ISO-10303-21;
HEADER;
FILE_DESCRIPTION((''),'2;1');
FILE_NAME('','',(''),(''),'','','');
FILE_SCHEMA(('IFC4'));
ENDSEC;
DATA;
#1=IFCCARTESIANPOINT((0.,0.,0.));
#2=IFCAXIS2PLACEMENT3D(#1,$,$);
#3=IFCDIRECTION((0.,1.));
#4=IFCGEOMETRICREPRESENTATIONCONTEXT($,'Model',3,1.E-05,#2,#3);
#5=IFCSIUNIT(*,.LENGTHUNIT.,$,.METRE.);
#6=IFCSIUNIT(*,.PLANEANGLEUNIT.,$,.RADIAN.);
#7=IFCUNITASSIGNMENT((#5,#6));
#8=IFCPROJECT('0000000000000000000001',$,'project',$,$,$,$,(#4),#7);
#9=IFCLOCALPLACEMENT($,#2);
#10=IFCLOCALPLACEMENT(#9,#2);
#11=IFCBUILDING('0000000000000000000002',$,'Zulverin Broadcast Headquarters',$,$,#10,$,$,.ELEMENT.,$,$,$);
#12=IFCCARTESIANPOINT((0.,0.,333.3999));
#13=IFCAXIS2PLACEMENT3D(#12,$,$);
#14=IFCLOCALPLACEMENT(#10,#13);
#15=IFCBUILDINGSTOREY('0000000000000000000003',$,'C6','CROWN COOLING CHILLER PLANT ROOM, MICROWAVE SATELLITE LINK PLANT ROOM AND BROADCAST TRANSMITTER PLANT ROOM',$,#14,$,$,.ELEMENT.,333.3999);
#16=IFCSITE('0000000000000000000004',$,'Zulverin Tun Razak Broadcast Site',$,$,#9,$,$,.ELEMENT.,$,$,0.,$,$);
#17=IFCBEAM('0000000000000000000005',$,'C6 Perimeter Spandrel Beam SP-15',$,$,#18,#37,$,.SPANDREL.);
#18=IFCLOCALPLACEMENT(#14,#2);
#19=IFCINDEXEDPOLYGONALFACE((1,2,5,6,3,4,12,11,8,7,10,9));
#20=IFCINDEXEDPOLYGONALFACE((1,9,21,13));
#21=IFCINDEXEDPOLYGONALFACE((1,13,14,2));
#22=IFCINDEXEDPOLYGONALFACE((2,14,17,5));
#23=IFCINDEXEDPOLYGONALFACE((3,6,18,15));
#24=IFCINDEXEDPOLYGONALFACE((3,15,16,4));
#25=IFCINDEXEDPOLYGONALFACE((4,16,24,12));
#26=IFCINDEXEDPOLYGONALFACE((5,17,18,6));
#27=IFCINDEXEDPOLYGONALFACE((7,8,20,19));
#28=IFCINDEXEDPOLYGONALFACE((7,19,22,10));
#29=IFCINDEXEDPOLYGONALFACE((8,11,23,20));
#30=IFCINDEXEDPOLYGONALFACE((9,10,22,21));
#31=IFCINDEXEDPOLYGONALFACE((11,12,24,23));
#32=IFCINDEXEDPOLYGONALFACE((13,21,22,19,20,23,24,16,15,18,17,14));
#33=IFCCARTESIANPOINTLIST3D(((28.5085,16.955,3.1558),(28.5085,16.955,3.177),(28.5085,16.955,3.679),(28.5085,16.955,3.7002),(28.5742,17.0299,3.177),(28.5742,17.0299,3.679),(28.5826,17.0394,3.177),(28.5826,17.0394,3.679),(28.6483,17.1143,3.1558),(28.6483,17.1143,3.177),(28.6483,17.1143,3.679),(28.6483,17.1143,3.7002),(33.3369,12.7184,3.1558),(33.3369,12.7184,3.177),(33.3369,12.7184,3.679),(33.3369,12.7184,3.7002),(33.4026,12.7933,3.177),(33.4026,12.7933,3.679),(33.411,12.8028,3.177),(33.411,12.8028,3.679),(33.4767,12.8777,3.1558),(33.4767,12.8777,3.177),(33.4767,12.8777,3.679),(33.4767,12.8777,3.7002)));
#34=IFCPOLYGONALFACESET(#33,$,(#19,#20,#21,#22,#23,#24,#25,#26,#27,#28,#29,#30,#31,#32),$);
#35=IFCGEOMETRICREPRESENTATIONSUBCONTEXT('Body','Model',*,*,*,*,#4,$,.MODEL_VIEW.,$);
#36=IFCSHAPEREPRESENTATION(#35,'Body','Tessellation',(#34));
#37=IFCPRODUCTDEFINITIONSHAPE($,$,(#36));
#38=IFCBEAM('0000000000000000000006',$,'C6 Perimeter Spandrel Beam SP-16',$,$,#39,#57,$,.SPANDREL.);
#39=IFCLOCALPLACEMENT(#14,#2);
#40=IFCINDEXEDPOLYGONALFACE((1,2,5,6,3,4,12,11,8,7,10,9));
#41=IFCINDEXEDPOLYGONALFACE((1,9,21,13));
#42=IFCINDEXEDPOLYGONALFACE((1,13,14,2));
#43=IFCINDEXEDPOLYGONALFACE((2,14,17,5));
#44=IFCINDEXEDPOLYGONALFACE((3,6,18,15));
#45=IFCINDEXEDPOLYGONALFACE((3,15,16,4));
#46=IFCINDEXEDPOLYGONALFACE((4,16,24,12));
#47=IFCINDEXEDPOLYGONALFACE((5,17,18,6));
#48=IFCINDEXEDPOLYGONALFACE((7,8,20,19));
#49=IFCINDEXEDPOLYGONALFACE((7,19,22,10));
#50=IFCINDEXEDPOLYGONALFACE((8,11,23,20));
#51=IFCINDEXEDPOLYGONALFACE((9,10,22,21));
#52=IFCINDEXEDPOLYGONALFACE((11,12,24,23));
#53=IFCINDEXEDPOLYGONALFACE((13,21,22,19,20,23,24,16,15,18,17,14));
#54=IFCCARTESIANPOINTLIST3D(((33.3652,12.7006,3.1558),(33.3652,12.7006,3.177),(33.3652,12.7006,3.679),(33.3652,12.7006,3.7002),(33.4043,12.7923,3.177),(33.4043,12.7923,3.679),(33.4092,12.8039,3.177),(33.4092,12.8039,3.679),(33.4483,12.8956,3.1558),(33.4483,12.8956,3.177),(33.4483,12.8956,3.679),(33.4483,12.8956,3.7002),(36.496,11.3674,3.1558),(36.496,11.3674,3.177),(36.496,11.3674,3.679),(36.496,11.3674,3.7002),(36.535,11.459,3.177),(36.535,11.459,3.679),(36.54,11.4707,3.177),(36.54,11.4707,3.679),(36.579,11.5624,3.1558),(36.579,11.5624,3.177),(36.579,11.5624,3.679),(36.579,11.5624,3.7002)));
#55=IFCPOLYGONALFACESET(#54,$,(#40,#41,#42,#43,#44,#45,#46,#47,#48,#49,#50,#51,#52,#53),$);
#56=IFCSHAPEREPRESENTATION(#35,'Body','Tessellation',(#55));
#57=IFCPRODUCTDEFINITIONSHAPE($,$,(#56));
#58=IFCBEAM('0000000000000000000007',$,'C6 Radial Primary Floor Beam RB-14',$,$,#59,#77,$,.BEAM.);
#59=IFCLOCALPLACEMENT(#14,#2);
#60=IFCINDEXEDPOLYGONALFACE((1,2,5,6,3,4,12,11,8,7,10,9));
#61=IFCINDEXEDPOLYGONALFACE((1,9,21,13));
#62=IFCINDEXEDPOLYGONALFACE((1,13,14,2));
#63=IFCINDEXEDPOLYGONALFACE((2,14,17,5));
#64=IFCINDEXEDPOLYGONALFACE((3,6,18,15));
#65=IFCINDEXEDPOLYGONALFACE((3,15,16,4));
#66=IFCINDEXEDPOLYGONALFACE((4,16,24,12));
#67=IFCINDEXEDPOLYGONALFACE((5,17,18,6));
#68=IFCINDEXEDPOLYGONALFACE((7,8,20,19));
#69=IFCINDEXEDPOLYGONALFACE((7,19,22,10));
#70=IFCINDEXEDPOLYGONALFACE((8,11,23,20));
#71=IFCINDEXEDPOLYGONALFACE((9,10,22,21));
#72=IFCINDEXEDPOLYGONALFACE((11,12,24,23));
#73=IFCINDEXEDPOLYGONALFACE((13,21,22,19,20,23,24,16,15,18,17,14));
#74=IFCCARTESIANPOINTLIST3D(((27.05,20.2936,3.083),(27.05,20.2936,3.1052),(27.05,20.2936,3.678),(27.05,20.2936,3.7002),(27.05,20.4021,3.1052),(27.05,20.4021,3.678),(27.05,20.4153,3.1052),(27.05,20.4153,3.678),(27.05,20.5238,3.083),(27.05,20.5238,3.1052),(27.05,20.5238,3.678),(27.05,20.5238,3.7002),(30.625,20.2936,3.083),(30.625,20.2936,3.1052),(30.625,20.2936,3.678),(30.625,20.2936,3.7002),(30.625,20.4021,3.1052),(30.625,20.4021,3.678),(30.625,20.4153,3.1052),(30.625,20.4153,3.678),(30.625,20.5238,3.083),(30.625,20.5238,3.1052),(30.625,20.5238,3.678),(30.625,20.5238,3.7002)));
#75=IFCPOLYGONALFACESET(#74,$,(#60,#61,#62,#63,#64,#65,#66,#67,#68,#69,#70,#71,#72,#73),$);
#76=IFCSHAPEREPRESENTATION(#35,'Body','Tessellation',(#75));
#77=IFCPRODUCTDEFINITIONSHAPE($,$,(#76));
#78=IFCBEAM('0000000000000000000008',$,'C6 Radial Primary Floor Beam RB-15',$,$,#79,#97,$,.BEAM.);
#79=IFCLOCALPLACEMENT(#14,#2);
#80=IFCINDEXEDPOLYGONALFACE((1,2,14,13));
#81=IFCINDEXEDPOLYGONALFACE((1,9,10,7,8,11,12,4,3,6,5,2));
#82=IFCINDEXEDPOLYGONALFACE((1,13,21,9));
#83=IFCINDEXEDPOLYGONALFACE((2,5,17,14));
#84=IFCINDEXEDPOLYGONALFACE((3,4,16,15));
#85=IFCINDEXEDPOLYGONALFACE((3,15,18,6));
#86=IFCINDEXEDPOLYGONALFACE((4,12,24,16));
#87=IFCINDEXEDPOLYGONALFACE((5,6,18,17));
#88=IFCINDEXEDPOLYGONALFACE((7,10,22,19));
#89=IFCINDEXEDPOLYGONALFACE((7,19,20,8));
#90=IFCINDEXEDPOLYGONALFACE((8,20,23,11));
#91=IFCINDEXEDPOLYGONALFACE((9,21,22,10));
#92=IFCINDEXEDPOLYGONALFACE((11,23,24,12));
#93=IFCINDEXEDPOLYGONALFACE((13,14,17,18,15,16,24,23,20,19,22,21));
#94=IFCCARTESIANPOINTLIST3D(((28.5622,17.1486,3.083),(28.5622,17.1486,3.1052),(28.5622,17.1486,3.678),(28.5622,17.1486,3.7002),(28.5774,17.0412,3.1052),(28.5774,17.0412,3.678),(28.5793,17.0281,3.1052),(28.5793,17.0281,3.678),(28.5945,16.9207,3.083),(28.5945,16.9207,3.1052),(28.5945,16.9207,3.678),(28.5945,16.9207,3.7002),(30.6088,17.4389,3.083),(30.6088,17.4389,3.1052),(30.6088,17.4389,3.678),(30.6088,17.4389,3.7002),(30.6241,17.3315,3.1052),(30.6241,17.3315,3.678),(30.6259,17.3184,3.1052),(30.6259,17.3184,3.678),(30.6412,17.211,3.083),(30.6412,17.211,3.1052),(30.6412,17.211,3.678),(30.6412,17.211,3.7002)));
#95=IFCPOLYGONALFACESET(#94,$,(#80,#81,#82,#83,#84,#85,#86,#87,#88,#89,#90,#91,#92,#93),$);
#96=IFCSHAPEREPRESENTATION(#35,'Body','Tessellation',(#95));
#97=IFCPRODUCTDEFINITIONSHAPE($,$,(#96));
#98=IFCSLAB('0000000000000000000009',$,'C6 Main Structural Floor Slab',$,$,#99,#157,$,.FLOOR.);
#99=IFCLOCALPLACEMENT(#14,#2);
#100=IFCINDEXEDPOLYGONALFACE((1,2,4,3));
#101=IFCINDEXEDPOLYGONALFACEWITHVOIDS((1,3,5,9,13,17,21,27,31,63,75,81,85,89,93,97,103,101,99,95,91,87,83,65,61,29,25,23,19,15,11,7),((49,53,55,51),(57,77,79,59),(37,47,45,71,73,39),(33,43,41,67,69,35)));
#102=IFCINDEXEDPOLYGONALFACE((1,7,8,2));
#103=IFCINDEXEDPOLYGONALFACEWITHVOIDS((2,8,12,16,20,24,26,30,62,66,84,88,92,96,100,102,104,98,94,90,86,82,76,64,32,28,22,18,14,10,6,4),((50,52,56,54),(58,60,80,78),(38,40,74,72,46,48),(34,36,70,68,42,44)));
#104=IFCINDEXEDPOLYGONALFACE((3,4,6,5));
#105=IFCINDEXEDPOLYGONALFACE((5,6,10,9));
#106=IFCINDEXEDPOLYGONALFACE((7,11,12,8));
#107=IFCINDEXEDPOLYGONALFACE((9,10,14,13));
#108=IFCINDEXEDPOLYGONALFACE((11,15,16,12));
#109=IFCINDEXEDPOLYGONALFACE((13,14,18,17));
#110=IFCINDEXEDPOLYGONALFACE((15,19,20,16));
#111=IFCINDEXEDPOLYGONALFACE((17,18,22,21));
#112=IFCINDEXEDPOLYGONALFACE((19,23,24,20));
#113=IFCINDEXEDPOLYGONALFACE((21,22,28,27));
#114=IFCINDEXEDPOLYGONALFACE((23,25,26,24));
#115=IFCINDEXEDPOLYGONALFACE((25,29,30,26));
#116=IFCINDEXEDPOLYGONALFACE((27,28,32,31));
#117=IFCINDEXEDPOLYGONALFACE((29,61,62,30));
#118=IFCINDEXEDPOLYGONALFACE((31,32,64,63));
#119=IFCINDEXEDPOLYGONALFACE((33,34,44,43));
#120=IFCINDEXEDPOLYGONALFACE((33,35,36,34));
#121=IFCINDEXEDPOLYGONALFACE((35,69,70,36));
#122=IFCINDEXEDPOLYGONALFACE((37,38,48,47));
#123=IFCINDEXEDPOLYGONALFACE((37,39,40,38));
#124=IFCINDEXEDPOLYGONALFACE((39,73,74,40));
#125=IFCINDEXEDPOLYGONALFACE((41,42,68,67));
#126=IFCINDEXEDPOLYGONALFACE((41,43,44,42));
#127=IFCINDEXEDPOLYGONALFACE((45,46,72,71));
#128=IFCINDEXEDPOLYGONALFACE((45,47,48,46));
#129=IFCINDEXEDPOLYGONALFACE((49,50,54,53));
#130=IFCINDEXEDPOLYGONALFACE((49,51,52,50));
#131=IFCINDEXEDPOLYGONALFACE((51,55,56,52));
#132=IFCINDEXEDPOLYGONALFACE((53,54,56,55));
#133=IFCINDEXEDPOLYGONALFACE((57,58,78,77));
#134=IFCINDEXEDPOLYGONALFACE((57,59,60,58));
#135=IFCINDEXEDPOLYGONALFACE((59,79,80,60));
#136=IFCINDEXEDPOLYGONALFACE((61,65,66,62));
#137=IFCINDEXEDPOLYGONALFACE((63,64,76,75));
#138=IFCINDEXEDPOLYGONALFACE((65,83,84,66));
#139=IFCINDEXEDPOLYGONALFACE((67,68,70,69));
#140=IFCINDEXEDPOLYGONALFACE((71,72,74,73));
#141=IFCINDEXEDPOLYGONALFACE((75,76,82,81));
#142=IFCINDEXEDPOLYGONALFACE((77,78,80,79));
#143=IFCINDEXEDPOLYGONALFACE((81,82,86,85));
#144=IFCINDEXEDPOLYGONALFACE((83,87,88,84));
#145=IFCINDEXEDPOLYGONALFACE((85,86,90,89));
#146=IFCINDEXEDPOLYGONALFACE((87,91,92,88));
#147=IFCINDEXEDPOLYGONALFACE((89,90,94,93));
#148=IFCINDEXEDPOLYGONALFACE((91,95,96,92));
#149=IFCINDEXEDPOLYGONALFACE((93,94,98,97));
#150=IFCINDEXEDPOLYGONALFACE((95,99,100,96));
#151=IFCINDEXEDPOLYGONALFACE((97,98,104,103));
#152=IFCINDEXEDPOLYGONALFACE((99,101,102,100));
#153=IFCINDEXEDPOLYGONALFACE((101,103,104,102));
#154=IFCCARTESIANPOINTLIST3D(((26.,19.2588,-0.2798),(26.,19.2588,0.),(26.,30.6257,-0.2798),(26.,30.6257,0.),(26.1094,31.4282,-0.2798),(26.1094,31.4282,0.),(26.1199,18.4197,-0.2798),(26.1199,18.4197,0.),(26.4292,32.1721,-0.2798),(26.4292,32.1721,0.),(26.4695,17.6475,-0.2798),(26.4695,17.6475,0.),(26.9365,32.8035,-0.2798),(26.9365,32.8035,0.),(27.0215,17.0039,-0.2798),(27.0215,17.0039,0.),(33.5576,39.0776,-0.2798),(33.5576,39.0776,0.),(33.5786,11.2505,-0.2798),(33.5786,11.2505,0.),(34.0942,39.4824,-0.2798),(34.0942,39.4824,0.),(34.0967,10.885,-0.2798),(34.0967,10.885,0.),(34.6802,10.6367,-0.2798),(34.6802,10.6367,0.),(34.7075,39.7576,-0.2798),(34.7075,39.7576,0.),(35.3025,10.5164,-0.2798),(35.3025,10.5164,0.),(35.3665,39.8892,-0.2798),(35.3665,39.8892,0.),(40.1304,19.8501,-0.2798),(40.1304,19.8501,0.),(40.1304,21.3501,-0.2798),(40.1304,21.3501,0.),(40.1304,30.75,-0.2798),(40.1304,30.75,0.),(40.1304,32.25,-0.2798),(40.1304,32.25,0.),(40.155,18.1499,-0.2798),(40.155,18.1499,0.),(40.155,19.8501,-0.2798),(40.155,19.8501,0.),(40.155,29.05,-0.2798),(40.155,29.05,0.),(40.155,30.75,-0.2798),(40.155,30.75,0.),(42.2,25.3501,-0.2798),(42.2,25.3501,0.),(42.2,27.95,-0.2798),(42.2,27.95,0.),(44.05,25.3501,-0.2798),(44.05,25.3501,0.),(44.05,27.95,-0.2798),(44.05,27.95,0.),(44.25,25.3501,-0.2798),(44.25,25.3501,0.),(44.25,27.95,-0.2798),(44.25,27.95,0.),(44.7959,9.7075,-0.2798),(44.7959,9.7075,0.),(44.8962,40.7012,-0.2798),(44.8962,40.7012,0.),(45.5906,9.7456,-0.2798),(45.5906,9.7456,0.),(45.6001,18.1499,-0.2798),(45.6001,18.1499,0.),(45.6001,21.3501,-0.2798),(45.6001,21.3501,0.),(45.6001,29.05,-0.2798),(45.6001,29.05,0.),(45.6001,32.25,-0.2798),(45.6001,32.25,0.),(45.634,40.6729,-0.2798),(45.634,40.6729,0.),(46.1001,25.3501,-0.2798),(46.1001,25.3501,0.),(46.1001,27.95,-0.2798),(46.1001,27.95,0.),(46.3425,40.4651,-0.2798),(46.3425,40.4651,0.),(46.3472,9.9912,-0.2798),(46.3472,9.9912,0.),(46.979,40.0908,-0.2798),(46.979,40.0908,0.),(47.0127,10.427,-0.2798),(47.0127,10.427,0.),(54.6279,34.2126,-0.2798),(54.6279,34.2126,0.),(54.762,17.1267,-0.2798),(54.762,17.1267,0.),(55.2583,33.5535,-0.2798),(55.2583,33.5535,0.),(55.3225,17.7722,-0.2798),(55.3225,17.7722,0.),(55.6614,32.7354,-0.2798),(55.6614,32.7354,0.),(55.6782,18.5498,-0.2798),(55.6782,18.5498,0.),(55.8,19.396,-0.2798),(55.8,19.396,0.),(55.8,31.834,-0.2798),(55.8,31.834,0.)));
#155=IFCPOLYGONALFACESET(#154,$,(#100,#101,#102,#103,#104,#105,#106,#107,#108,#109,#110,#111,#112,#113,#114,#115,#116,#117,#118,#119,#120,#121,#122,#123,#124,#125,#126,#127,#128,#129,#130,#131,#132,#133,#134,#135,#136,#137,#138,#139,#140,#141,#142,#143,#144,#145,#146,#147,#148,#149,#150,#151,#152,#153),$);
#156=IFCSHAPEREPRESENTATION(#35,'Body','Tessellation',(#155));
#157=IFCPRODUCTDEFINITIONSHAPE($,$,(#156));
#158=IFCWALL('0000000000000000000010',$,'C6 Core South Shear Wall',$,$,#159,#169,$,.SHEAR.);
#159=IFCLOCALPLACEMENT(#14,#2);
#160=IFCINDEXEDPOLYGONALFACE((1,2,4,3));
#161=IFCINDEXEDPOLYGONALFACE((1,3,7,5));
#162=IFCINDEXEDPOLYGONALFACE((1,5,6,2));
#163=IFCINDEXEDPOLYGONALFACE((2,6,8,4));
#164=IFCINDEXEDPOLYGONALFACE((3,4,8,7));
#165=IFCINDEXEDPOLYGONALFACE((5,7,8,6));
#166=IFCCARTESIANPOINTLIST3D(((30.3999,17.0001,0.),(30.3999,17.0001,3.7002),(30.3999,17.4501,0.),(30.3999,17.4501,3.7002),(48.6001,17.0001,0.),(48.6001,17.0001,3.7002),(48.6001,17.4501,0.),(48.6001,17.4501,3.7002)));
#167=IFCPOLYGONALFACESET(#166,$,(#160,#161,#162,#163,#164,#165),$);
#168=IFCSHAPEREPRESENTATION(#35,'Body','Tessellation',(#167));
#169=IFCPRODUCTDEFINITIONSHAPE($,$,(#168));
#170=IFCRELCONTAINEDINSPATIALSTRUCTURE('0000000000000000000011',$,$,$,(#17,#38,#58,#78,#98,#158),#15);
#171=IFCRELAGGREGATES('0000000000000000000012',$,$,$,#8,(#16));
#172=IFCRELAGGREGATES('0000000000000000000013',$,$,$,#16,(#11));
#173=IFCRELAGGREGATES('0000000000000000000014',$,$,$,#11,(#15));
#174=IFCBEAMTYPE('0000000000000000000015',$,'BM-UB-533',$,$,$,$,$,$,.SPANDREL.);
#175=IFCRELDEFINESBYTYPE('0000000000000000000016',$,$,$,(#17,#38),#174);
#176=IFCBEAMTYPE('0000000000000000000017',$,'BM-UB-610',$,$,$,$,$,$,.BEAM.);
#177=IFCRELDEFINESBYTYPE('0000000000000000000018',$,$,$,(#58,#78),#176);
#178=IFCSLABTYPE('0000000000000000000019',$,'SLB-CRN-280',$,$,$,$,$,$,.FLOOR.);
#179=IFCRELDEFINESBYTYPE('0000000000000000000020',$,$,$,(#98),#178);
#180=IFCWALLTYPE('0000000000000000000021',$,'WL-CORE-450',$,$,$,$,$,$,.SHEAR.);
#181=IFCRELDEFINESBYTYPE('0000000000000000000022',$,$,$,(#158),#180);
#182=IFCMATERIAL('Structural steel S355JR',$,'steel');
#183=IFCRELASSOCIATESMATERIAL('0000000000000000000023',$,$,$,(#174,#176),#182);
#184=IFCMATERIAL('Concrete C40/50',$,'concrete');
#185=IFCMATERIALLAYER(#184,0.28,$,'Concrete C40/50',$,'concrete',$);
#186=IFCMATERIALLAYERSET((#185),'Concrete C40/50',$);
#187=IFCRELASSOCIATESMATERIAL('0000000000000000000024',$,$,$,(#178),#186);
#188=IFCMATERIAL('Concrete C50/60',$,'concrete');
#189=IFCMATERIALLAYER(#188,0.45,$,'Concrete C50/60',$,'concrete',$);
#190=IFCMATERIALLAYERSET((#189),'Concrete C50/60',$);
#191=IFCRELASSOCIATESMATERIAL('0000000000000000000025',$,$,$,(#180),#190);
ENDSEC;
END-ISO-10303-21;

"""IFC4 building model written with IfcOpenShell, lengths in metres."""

from ifc_helpers import new_model, si_unit, direction, frame, frame_2d, origin, origin_2d, place, context, subcontext, project, spatial, polyline, rectangle, i_section, outline, extrude, material, layer, layer_set, material_profile, profile_set, type_object, element, save


model = new_model("IFC4")

# Units and contexts
model_context = context("Model", 3, precision=1e-05, world=origin(), true_north=direction((0.0, 1.0)))
body_context = subcontext(model_context, "Body", "Model", "MODEL_VIEW")
ifc_project = project(units=[si_unit("LENGTHUNIT", "METRE"), si_unit("PLANEANGLEUNIT", "RADIAN")], contexts=[model_context])

# Site, building, storey
site_placement = place(None, origin())
site = spatial("IfcSite", under=ifc_project, at=site_placement, Name="Zulverin Tun Razak Broadcast Site", CompositionType="ELEMENT", RefElevation=0.0)
building_placement = place(site_placement, origin())
building = spatial("IfcBuilding", under=site, at=building_placement, Name="Zulverin Broadcast Headquarters", CompositionType="ELEMENT")
storey_placement = place(building_placement, frame((0.0, 0.0, 333.3999)))
storey = spatial("IfcBuildingStorey", under=building, at=storey_placement, Name="C6", Description="CROWN COOLING CHILLER PLANT ROOM, MICROWAVE SATELLITE LINK PLANT ROOM AND BROADCAST TRANSMITTER PLANT ROOM", CompositionType="ELEMENT", Elevation=333.3999)

# Shared definitions
ifc_material_1 = material(Name="Structural steel S355JR", Category="steel")
ifc_material_2 = material(Name="Concrete C50/60", Category="concrete")

# Beams
ifc_material_3 = material(Name="Concrete C40/50", Category="concrete")
ifc_material_profile_1 = material_profile(ifc_material_1, i_section(OverallWidth=0.2119, OverallDepth=0.5444, WebThickness=0.0127, FlangeThickness=0.0212, at=origin_2d()), Name="Structural steel S355JR", Category="steel")
ifc_profile_set_1 = profile_set([ifc_material_profile_1], Name="Structural steel S355JR")
beam_type_1 = type_object("IfcBeamType", Name="BM-UB-533", PredefinedType="SPANDREL", material=ifc_profile_set_1)
beam_1_placement = place(storey_placement, frame((28.5784, 17.0347, 3.428), z_axis=(0.75167, -0.65954, 0.0), x_axis=(0.65954, 0.75167, 0.0)))
element("IfcBeam", 1, at=beam_1_placement, inside=storey, type_object=beam_type_1, Name="C6 Perimeter Spandrel Beam SP-15", PredefinedType="SPANDREL", context=body_context, shape_type="SweptSolid", body=[
    extrude(i_section(OverallWidth=0.2119, OverallDepth=0.5444, WebThickness=0.0127, FlangeThickness=0.0212, at=origin_2d()), origin(), (0.0, 0.0, 1.0), 6.4236),
])
beam_2_placement = place(storey_placement, frame((33.4067, 12.7981, 3.428), z_axis=(0.920052, -0.391797, 0.0), x_axis=(0.391797, 0.920052, 0.0)))
element("IfcBeam", 2, at=beam_2_placement, inside=storey, type_object=beam_type_1, Name="C6 Perimeter Spandrel Beam SP-16", PredefinedType="SPANDREL", context=body_context, shape_type="SweptSolid", body=[
    extrude(i_section(OverallWidth=0.2119, OverallDepth=0.5444, WebThickness=0.0127, FlangeThickness=0.0212, at=origin_2d()), origin(), (0.0, 0.0, 1.0), 3.4028),
])
ifc_material_profile_2 = material_profile(ifc_material_1, i_section(OverallWidth=0.2302, OverallDepth=0.6172, WebThickness=0.0132, FlangeThickness=0.0222, at=origin_2d()), Name="Structural steel S355JR", Category="steel")
ifc_profile_set_2 = profile_set([ifc_material_profile_2], Name="Structural steel S355JR")
beam_type_2 = type_object("IfcBeamType", Name="BM-UB-610", PredefinedType="BEAM", material=ifc_profile_set_2)
beam_3_placement = place(storey_placement, frame((30.625, 20.4087, 3.3916), z_axis=(-1.0, 0.0, 0.0), x_axis=(0.0, -1.0, 0.0)))
element("IfcBeam", 3, at=beam_3_placement, inside=storey, type_object=beam_type_2, Name="C6 Radial Primary Floor Beam RB-14", PredefinedType="BEAM", context=body_context, shape_type="SweptSolid", body=[
    extrude(i_section(OverallWidth=0.2302, OverallDepth=0.6172, WebThickness=0.0132, FlangeThickness=0.0222, at=origin_2d()), origin(), (0.0, 0.0, 1.0), 3.575),
])
beam_4_placement = place(storey_placement, frame((30.625, 17.325, 3.3916), z_axis=(-0.990091, -0.140429, 0.0), x_axis=(0.140429, -0.990091, 0.0)))
element("IfcBeam", 4, at=beam_4_placement, inside=storey, type_object=beam_type_2, Name="C6 Radial Primary Floor Beam RB-15", PredefinedType="BEAM", context=body_context, shape_type="SweptSolid", body=[
    extrude(i_section(OverallWidth=0.2302, OverallDepth=0.6172, WebThickness=0.0132, FlangeThickness=0.0222, at=origin_2d()), origin(), (0.0, 0.0, 1.0), 2.0671),
])

# Slab
ifc_layer_1 = layer(ifc_material_3, 0.28, Name="Concrete C40/50", Category="concrete")
ifc_layer_set_1 = layer_set([ifc_layer_1], Name="Concrete C40/50")
slab_type = type_object("IfcSlabType", Name="SLB-CRN-280", PredefinedType="FLOOR", material=ifc_layer_set_1)
slab_placement = place(storey_placement, frame((0.0, 0.0, -0.2798)))
element("IfcSlab", 5, at=slab_placement, inside=storey, type_object=slab_type, Name="C6 Main Structural Floor Slab", PredefinedType="FLOOR", context=body_context, shape_type="SweptSolid", body=[
    extrude(outline(polyline([(33.5786, 11.2505), (34.0967, 10.885), (34.6802, 10.6367), (35.3025, 10.5164), (44.7959, 9.7075), (45.5906, 9.7456), (46.3472, 9.9912), (47.0127, 10.427), (54.762, 17.1267), (55.3225, 17.7722), (55.6782, 18.5498), (55.8, 19.396), (55.8, 31.834), (55.6614, 32.7354), (55.2583, 33.5535), (54.6279, 34.2126), (46.979, 40.0908), (46.3425, 40.4651), (45.634, 40.6729), (44.8962, 40.7012), (35.3665, 39.8892), (34.7075, 39.7576), (34.0942, 39.4824), (33.5576, 39.0776), (26.9365, 32.8035), (26.4292, 32.1721), (26.1094, 31.4282), (26.0, 30.6257), (26.0, 19.2588), (26.1199, 18.4197), (26.4695, 17.6475), (27.0215, 17.0039), (33.5786, 11.2505)]), holes=[polyline([(40.155, 30.75), (40.1304, 30.75), (40.1304, 32.25), (45.6001, 32.25), (45.6001, 29.05), (40.155, 29.05), (40.155, 30.75)]), polyline([(40.155, 19.8501), (40.1304, 19.8501), (40.1304, 21.3501), (45.6001, 21.3501), (45.6001, 18.1499), (40.155, 18.1499), (40.155, 19.8501)]), polyline([(42.2, 25.3501), (44.05, 25.3501), (44.05, 27.95), (42.2, 27.95), (42.2, 25.3501)]), polyline([(44.25, 25.3501), (46.1001, 25.3501), (46.1001, 27.95), (44.25, 27.95), (44.25, 25.3501)])]), origin(), (0.0, 0.0, 1.0), 0.2798),
])

# Wall
ifc_layer_2 = layer(ifc_material_2, 0.45, Name="Concrete C50/60", Category="concrete")
ifc_layer_set_2 = layer_set([ifc_layer_2], Name="Concrete C50/60")
wall_type_1 = type_object("IfcWallType", Name="WL-CORE-450", PredefinedType="SHEAR", material=ifc_layer_set_2)
wall_1_placement = place(storey_placement, frame((30.3999, 17.2251, 0.0), z_axis=(0.0, 0.0, 1.0), x_axis=(1.0, 0.0, 0.0)))
element("IfcWall", 6, at=wall_1_placement, inside=storey, type_object=wall_type_1, Name="C6 Core South Shear Wall", PredefinedType="SHEAR", context=body_context, shape_type="SweptSolid", body=[
    extrude(rectangle(XDim=18.2002, YDim=0.45, at=frame_2d((9.1001, 0.0))), origin(), (0.0, 0.0, 1.0), 3.7002),
])

save(model, "model.ifc")
